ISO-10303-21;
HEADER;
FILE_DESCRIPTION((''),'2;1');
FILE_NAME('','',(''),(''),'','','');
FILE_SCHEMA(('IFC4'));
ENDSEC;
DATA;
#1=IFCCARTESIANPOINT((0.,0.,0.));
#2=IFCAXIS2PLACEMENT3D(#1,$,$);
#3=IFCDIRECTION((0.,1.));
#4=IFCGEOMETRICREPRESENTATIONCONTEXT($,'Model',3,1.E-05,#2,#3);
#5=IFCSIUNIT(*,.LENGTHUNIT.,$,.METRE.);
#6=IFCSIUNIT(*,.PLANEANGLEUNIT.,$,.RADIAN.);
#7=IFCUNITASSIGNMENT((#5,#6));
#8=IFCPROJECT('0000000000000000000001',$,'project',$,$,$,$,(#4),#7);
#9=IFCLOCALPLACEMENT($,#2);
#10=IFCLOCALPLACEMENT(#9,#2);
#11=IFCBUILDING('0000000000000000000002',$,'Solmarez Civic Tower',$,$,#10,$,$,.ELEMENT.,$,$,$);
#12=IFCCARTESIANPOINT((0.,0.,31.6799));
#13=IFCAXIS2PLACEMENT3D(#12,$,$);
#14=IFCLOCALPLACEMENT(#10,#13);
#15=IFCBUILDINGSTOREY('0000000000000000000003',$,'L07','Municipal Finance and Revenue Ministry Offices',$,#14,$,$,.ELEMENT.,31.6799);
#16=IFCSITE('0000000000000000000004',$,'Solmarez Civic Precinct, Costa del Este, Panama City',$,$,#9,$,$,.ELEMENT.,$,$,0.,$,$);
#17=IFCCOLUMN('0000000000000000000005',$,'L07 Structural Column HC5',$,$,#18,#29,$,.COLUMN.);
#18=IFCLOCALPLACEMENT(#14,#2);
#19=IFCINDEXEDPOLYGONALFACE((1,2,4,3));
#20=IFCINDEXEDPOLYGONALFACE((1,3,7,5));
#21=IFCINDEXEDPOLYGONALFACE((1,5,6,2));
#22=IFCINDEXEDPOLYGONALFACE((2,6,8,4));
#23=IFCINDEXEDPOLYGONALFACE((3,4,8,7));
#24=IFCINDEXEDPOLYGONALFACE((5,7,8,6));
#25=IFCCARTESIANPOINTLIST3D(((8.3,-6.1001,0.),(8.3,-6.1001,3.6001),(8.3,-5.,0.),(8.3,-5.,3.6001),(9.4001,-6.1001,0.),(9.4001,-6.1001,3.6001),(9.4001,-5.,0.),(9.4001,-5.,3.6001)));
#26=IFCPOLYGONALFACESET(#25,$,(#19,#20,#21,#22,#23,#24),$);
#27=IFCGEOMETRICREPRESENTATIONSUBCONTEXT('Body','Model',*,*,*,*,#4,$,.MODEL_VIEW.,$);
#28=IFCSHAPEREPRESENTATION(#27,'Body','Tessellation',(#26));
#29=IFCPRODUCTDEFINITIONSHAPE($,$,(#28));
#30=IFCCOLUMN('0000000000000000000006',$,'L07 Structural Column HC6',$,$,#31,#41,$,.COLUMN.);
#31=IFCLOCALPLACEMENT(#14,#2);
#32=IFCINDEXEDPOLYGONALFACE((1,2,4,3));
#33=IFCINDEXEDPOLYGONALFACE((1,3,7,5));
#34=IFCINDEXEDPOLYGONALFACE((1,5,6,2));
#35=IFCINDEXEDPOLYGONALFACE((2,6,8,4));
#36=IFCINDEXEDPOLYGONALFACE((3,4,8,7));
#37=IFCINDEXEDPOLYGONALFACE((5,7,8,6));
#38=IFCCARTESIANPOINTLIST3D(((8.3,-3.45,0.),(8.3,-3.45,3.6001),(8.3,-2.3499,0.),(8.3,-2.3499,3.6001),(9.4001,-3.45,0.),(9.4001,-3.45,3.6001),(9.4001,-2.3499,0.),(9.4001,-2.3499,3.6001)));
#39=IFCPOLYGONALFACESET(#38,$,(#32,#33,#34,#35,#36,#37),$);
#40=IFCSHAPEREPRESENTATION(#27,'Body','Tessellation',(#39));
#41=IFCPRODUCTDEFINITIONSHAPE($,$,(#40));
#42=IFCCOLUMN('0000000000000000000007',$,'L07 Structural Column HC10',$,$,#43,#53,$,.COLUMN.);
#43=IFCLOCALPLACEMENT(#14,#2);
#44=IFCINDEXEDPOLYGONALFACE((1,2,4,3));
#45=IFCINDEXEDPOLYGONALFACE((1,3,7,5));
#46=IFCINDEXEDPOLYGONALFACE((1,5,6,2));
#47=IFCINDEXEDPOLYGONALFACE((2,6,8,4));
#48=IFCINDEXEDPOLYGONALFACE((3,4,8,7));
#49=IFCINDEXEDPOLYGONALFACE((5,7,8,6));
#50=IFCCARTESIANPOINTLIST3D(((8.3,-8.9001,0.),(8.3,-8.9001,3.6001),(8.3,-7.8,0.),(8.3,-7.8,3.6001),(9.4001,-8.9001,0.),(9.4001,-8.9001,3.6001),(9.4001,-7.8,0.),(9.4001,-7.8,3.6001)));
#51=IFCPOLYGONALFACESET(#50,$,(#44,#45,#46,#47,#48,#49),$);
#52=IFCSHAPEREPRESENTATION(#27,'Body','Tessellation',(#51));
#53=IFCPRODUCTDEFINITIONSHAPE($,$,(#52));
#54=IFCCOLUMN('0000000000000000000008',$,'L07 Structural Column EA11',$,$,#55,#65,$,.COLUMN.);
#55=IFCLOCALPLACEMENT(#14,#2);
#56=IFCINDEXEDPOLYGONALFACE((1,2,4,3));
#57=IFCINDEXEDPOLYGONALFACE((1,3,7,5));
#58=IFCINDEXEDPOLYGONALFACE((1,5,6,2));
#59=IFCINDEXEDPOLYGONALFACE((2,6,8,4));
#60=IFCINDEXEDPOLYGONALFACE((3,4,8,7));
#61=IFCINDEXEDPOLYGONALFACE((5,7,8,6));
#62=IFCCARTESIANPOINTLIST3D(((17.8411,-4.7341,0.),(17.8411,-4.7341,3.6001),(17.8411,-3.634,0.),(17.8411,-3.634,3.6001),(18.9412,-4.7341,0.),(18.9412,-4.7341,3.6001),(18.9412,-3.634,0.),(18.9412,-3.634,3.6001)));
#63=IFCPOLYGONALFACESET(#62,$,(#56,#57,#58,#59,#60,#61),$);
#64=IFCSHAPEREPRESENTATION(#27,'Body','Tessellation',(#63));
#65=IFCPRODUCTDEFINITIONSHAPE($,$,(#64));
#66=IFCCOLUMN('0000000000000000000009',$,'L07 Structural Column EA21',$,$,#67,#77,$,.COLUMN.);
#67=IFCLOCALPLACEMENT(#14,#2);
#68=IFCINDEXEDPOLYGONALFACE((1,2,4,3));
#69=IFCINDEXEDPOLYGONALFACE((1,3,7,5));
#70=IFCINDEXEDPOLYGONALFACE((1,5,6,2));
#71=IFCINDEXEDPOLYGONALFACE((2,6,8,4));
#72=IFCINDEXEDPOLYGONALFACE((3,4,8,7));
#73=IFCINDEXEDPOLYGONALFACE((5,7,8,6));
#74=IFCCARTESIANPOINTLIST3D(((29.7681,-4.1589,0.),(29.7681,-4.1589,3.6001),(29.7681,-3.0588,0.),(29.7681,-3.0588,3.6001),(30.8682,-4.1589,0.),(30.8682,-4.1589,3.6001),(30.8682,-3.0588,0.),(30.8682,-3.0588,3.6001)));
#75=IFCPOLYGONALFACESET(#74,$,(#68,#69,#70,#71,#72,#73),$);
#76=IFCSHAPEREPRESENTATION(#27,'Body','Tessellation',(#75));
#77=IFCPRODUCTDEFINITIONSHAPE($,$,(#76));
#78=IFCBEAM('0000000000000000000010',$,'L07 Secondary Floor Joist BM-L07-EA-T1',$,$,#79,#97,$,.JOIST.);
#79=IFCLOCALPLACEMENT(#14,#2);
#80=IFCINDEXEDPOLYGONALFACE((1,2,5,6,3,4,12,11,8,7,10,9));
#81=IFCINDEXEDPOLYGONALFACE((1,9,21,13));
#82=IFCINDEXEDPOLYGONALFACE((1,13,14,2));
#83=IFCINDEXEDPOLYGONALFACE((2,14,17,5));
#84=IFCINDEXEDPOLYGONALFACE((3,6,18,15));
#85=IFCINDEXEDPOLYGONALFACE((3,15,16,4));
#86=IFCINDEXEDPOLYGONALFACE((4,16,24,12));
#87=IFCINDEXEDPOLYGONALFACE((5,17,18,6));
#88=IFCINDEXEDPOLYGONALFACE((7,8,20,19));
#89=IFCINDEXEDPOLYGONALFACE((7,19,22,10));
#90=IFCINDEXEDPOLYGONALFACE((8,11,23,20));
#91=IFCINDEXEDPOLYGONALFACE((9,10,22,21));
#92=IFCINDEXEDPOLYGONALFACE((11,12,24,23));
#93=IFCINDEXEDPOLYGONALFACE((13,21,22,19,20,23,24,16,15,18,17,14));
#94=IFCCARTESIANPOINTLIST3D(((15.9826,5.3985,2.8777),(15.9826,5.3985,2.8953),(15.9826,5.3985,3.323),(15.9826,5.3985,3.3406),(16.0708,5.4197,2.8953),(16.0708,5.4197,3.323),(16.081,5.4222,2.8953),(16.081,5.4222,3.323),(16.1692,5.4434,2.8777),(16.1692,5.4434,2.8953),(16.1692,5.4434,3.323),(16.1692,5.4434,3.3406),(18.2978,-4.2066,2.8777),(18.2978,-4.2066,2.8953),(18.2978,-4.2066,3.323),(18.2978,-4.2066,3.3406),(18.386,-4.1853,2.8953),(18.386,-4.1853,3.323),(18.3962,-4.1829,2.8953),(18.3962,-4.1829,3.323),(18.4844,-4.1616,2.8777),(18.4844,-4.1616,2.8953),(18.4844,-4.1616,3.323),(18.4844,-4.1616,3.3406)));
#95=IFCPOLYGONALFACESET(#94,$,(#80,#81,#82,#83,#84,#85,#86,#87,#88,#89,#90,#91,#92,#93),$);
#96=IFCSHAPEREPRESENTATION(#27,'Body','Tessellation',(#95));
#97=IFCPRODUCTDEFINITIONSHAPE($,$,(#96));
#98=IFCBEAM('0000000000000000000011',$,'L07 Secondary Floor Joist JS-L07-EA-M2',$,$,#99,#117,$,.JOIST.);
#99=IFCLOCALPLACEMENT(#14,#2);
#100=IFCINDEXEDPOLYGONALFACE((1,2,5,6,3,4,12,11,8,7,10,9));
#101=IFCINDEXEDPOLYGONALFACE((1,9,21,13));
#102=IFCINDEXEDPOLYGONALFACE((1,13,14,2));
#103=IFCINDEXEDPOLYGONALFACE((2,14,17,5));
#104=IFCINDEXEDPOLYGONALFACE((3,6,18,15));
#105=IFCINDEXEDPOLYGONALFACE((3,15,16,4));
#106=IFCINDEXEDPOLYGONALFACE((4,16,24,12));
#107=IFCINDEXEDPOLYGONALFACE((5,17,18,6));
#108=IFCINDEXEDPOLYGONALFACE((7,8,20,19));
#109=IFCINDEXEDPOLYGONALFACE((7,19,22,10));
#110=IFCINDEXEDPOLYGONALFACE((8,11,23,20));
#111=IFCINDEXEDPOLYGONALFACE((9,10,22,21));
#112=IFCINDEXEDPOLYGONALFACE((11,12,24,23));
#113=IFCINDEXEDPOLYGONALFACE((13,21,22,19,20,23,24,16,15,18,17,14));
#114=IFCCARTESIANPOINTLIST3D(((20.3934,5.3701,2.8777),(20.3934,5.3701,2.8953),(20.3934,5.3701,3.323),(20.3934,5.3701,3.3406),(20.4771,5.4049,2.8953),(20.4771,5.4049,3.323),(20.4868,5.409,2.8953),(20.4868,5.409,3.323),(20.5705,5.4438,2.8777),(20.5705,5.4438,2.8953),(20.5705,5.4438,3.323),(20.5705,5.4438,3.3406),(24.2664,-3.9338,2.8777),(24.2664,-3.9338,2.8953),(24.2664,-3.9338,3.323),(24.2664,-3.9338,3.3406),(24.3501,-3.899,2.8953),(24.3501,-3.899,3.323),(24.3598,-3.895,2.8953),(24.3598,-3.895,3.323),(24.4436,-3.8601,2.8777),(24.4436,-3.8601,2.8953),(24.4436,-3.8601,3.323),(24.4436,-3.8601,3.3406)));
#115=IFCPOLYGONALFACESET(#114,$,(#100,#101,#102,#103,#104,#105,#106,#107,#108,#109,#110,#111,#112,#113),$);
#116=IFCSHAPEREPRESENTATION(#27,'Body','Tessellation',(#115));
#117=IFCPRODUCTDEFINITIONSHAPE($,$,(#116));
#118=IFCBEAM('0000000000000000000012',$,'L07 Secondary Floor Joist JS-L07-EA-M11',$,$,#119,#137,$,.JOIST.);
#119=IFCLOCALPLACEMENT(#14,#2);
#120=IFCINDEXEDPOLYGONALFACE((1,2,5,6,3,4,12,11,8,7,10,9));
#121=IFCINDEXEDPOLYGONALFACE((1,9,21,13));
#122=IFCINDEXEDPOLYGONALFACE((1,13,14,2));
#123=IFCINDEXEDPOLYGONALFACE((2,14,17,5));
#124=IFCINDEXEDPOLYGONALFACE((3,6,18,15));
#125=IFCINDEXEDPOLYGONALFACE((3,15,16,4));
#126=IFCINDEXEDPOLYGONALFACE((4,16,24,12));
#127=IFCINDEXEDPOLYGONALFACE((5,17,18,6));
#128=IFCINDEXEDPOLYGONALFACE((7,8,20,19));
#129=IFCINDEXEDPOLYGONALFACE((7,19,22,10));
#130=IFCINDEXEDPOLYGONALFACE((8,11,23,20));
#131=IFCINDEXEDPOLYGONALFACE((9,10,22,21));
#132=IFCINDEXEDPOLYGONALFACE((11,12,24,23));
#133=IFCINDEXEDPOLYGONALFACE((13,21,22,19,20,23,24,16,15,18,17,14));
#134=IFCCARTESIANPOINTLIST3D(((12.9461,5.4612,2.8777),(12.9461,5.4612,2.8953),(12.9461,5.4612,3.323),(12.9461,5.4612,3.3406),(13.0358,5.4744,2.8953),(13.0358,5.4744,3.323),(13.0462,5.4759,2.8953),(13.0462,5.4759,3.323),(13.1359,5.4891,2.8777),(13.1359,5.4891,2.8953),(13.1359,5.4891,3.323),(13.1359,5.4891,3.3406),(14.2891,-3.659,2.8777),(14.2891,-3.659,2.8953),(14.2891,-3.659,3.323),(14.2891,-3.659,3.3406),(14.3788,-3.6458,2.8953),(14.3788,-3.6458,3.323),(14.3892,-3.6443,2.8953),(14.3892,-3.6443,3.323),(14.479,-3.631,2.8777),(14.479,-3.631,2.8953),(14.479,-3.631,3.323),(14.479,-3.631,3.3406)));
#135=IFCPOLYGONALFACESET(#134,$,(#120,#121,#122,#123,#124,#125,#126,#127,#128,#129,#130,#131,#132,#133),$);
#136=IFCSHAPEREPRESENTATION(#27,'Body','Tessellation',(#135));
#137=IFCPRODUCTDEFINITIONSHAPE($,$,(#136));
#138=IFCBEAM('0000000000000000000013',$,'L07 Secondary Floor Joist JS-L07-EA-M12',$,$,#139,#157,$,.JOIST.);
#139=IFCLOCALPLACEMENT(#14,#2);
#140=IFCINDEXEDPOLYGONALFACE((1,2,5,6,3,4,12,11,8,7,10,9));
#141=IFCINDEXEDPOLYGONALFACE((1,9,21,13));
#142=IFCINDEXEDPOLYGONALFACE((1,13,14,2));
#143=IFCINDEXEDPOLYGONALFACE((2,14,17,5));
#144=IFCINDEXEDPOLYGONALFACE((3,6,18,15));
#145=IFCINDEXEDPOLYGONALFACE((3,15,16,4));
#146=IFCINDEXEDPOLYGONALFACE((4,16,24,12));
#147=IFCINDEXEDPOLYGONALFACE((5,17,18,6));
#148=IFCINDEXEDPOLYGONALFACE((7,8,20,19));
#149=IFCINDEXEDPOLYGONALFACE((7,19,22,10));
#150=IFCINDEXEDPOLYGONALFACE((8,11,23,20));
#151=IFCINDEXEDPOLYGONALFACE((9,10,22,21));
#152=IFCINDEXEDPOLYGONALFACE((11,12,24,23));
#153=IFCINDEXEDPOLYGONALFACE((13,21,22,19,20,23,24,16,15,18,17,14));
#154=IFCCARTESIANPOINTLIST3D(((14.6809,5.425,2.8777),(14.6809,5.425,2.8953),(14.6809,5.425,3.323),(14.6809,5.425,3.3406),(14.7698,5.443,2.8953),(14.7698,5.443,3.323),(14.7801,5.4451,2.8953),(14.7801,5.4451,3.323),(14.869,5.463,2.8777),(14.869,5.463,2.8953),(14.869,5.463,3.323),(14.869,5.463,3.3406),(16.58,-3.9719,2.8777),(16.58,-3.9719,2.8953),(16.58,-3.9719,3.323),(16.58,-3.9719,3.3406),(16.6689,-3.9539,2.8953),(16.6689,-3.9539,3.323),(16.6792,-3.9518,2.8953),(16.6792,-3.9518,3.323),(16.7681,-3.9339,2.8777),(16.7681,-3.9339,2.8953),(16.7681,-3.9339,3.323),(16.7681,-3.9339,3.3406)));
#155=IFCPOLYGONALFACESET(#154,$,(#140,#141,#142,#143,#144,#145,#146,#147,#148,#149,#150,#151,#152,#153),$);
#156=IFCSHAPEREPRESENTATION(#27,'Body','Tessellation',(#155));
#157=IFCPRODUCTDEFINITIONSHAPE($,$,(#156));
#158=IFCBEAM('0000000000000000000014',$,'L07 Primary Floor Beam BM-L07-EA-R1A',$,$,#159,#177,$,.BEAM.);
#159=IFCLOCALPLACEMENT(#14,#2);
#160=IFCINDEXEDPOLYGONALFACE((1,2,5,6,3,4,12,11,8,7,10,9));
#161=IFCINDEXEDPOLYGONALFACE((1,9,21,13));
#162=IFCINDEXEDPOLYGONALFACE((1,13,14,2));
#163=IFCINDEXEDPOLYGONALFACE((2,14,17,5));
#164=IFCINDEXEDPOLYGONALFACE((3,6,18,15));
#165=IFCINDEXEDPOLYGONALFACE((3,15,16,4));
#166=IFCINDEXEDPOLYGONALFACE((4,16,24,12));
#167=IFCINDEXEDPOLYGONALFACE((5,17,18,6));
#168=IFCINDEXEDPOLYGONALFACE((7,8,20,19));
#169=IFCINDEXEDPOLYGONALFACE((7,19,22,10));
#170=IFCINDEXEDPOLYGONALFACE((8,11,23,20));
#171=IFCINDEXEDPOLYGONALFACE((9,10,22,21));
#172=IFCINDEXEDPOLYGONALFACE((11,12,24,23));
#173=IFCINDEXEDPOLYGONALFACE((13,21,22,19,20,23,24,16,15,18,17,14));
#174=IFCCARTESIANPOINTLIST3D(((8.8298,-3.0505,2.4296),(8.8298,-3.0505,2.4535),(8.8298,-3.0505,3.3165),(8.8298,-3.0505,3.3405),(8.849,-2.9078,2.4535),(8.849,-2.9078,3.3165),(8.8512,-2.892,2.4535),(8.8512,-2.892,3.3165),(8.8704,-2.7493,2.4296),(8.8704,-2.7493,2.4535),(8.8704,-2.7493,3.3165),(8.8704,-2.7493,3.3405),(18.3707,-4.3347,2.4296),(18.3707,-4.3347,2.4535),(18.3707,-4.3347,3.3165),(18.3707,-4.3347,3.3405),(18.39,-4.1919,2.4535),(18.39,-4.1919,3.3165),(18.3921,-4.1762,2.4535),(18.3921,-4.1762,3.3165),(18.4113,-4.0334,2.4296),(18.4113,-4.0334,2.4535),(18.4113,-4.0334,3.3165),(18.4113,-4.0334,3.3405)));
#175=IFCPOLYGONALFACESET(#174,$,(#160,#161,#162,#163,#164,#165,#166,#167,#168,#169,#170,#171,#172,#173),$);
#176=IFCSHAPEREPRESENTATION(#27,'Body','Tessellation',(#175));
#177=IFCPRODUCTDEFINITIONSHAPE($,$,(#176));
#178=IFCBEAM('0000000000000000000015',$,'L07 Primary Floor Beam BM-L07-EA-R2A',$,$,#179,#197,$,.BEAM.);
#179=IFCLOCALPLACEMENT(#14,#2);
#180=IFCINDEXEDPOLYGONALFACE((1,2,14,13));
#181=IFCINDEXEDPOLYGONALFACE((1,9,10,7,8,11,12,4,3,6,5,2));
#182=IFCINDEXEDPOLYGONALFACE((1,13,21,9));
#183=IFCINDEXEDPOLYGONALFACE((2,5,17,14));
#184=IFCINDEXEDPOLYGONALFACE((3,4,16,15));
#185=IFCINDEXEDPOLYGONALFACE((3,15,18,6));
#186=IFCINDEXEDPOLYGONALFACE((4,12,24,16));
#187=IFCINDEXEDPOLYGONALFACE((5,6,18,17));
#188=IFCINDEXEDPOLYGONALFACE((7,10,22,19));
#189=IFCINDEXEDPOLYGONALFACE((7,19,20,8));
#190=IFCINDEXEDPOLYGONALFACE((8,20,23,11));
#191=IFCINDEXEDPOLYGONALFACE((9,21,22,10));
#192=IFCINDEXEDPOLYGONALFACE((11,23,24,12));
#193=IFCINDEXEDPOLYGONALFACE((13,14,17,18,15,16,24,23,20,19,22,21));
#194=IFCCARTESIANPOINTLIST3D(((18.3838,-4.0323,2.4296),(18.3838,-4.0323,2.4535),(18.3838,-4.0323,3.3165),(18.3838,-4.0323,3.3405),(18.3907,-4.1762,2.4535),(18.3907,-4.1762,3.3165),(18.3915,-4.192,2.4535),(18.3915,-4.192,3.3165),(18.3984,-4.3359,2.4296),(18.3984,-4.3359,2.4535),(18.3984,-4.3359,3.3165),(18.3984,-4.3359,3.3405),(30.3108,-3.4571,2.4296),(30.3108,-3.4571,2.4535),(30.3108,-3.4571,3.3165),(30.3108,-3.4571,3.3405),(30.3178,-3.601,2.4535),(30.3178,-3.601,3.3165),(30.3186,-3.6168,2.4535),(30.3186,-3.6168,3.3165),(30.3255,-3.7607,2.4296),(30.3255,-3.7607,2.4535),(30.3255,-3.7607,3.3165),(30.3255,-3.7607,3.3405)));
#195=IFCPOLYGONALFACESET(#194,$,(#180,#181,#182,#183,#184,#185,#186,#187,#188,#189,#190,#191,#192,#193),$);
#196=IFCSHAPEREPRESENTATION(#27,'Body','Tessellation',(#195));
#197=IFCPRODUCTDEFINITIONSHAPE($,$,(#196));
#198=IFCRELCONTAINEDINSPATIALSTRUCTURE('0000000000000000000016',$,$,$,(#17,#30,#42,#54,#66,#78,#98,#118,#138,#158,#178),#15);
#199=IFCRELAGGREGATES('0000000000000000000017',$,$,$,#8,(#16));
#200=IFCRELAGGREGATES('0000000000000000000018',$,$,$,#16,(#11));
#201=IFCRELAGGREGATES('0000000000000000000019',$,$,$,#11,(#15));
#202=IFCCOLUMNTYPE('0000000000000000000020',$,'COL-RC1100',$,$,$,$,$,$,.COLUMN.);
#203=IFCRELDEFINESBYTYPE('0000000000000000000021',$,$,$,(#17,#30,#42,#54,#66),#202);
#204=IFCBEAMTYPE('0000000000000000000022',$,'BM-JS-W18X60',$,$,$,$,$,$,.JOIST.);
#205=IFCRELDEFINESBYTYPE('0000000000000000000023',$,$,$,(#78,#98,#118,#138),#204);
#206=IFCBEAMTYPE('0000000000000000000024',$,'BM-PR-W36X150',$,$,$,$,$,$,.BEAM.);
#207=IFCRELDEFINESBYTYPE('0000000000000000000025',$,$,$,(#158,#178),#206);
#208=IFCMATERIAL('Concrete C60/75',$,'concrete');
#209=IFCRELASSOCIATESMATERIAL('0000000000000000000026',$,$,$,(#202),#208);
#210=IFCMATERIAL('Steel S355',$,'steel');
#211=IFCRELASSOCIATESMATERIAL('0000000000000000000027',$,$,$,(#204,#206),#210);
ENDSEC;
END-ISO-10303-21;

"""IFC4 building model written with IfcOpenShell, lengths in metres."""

from ifc_helpers import new_model, si_unit, direction, frame, origin, origin_2d, place, context, subcontext, project, spatial, rectangle, i_section, extrude, material, material_profile, profile_set, type_object, element, save


model = new_model("IFC4")

# Units and contexts
model_context = context("Model", 3, precision=1e-05, world=origin(), true_north=direction((0.0, 1.0)))
body_context = subcontext(model_context, "Body", "Model", "MODEL_VIEW")
ifc_project = project(units=[si_unit("LENGTHUNIT", "METRE"), si_unit("PLANEANGLEUNIT", "RADIAN")], contexts=[model_context])

# Site, building, storey
site_placement = place(None, origin())
site = spatial("IfcSite", under=ifc_project, at=site_placement, Name="Solmarez Civic Precinct, Costa del Este, Panama City", CompositionType="ELEMENT", RefElevation=0.0)
building_placement = place(site_placement, origin())
building = spatial("IfcBuilding", under=site, at=building_placement, Name="Solmarez Civic Tower", CompositionType="ELEMENT")
storey_placement = place(building_placement, frame((0.0, 0.0, 31.6799)))
storey = spatial("IfcBuildingStorey", under=building, at=storey_placement, Name="L07", Description="Municipal Finance and Revenue Ministry Offices", CompositionType="ELEMENT", Elevation=31.6799)

# Columns
ifc_material_1 = material(Name="Concrete C60/75", Category="concrete")
ifc_material_profile_1 = material_profile(ifc_material_1, rectangle(XDim=1.1001, YDim=1.1001, at=origin_2d()), Name="RC1100X1100")
ifc_profile_set_1 = profile_set([ifc_material_profile_1], Name="Concrete C60/75")
column_type = type_object("IfcColumnType", Name="COL-RC1100", PredefinedType="COLUMN", material=ifc_profile_set_1)
for number, where, z_axis, x_axis, name in (
    (1, (8.8501, -5.55, 0.0), (0.0, 0.0, 1.0), (1.0, 0.0, 0.0), "L07 Structural Column HC5"),
    (2, (8.8501, -2.8999, 0.0), (0.0, 0.0, 1.0), (1.0, 0.0, 0.0), "L07 Structural Column HC6"),
    (3, (8.8501, -8.3501, 0.0), (0.0, 0.0, 1.0), (1.0, 0.0, 0.0), "L07 Structural Column HC10"),
    (4, (18.3911, -4.1841, 0.0), (0.0, 0.0, 1.0), (1.0, 0.0, 0.0), "L07 Structural Column EA11"),
    (5, (30.3181, -3.6089, 0.0), (0.0, 0.0, 1.0), (1.0, 0.0, 0.0), "L07 Structural Column EA21"),
):
    element("IfcColumn", number, at=place(storey_placement, frame(where, z_axis=z_axis, x_axis=x_axis)), inside=storey, type_object=column_type, Name=name, PredefinedType="COLUMN", context=body_context, shape_type="SweptSolid", body=[
        extrude(rectangle(XDim=1.1001, YDim=1.1001, at=origin_2d()), origin(), (0.0, 0.0, 1.0), 3.6001),
    ])

# Beams
ifc_material_2 = material(Name="Steel S355", Category="steel")
ifc_material_profile_2 = material_profile(ifc_material_2, i_section(OverallWidth=0.1919, OverallDepth=0.4629, WebThickness=0.0105, FlangeThickness=0.0176, at=origin_2d()), Name="W18X60")
ifc_profile_set_2 = profile_set([ifc_material_profile_2], Name="Steel S355")
beam_type_1 = type_object("IfcBeamType", Name="BM-JS-W18X60", PredefinedType="JOIST", material=ifc_profile_set_2)
beam_1_placement = place(storey_placement, frame((18.3911, -4.1841, 3.1091), z_axis=(-0.234329, 0.972157, 0.0), x_axis=(-0.972157, -0.234329, 0.0)))
element("IfcBeam", 6, at=beam_1_placement, inside=storey, type_object=beam_type_1, Name="L07 Secondary Floor Joist BM-L07-EA-T1", PredefinedType="JOIST", context=body_context, shape_type="SweptSolid", body=[
    extrude(i_section(OverallWidth=0.1919, OverallDepth=0.4629, WebThickness=0.0105, FlangeThickness=0.0176, at=origin_2d()), origin(), (0.0, 0.0, 1.0), 9.8801),
])
beam_2_placement = place(storey_placement, frame((24.355, -3.897, 3.1091), z_axis=(-0.384311, 0.923204, 0.0), x_axis=(-0.923204, -0.384311, 0.0)))
element("IfcBeam", 7, at=beam_2_placement, inside=storey, type_object=beam_type_1, Name="L07 Secondary Floor Joist JS-L07-EA-M2", PredefinedType="JOIST", context=body_context, shape_type="SweptSolid", body=[
    extrude(i_section(OverallWidth=0.1919, OverallDepth=0.4629, WebThickness=0.0105, FlangeThickness=0.0176, at=origin_2d()), origin(), (0.0, 0.0, 1.0), 10.0779),
])
beam_3_placement = place(storey_placement, frame((14.384, -3.645, 3.1091), z_axis=(-0.145688, 0.989331, 0.0), x_axis=(-0.989331, -0.145688, 0.0)))
element("IfcBeam", 8, at=beam_3_placement, inside=storey, type_object=beam_type_1, Name="L07 Secondary Floor Joist JS-L07-EA-M11", PredefinedType="JOIST", context=body_context, shape_type="SweptSolid", body=[
    extrude(i_section(OverallWidth=0.1919, OverallDepth=0.4629, WebThickness=0.0105, FlangeThickness=0.0176, at=origin_2d()), origin(), (0.0, 0.0, 1.0), 9.2185),
])
beam_4_placement = place(storey_placement, frame((16.6741, -3.9529, 3.1091), z_axis=(-0.198099, 0.980182, 0.0), x_axis=(-0.980182, -0.198099, 0.0)))
element("IfcBeam", 9, at=beam_4_placement, inside=storey, type_object=beam_type_1, Name="L07 Secondary Floor Joist JS-L07-EA-M12", PredefinedType="JOIST", context=body_context, shape_type="SweptSolid", body=[
    extrude(i_section(OverallWidth=0.1919, OverallDepth=0.4629, WebThickness=0.0105, FlangeThickness=0.0176, at=origin_2d()), origin(), (0.0, 0.0, 1.0), 9.5869),
])
ifc_material_profile_3 = material_profile(ifc_material_2, i_section(OverallWidth=0.304, OverallDepth=0.9109, WebThickness=0.0159, FlangeThickness=0.0239, at=origin_2d()), Name="W36X150")
ifc_profile_set_3 = profile_set([ifc_material_profile_3], Name="Steel S355")
beam_type_2 = type_object("IfcBeamType", Name="BM-PR-W36X150", PredefinedType="BEAM", material=ifc_profile_set_3)
beam_5_placement = place(storey_placement, frame((8.8501, -2.8999, 2.885), z_axis=(0.991063, -0.133393, 0.0), x_axis=(0.133393, 0.991063, 0.0)))
element("IfcBeam", 10, at=beam_5_placement, inside=storey, type_object=beam_type_2, Name="L07 Primary Floor Beam BM-L07-EA-R1A", PredefinedType="BEAM", context=body_context, shape_type="SweptSolid", body=[
    extrude(i_section(OverallWidth=0.304, OverallDepth=0.9109, WebThickness=0.0159, FlangeThickness=0.0239, at=origin_2d()), origin(), (0.0, 0.0, 1.0), 9.627),
])
beam_6_placement = place(storey_placement, frame((18.3911, -4.1841, 2.885), z_axis=(0.998839, 0.04817, 0.0), x_axis=(-0.04817, 0.998839, 0.0)))
element("IfcBeam", 11, at=beam_6_placement, inside=storey, type_object=beam_type_2, Name="L07 Primary Floor Beam BM-L07-EA-R2A", PredefinedType="BEAM", context=body_context, shape_type="SweptSolid", body=[
    extrude(i_section(OverallWidth=0.304, OverallDepth=0.9109, WebThickness=0.0159, FlangeThickness=0.0239, at=origin_2d()), origin(), (0.0, 0.0, 1.0), 11.9409),
])

save(model, "model.ifc")
